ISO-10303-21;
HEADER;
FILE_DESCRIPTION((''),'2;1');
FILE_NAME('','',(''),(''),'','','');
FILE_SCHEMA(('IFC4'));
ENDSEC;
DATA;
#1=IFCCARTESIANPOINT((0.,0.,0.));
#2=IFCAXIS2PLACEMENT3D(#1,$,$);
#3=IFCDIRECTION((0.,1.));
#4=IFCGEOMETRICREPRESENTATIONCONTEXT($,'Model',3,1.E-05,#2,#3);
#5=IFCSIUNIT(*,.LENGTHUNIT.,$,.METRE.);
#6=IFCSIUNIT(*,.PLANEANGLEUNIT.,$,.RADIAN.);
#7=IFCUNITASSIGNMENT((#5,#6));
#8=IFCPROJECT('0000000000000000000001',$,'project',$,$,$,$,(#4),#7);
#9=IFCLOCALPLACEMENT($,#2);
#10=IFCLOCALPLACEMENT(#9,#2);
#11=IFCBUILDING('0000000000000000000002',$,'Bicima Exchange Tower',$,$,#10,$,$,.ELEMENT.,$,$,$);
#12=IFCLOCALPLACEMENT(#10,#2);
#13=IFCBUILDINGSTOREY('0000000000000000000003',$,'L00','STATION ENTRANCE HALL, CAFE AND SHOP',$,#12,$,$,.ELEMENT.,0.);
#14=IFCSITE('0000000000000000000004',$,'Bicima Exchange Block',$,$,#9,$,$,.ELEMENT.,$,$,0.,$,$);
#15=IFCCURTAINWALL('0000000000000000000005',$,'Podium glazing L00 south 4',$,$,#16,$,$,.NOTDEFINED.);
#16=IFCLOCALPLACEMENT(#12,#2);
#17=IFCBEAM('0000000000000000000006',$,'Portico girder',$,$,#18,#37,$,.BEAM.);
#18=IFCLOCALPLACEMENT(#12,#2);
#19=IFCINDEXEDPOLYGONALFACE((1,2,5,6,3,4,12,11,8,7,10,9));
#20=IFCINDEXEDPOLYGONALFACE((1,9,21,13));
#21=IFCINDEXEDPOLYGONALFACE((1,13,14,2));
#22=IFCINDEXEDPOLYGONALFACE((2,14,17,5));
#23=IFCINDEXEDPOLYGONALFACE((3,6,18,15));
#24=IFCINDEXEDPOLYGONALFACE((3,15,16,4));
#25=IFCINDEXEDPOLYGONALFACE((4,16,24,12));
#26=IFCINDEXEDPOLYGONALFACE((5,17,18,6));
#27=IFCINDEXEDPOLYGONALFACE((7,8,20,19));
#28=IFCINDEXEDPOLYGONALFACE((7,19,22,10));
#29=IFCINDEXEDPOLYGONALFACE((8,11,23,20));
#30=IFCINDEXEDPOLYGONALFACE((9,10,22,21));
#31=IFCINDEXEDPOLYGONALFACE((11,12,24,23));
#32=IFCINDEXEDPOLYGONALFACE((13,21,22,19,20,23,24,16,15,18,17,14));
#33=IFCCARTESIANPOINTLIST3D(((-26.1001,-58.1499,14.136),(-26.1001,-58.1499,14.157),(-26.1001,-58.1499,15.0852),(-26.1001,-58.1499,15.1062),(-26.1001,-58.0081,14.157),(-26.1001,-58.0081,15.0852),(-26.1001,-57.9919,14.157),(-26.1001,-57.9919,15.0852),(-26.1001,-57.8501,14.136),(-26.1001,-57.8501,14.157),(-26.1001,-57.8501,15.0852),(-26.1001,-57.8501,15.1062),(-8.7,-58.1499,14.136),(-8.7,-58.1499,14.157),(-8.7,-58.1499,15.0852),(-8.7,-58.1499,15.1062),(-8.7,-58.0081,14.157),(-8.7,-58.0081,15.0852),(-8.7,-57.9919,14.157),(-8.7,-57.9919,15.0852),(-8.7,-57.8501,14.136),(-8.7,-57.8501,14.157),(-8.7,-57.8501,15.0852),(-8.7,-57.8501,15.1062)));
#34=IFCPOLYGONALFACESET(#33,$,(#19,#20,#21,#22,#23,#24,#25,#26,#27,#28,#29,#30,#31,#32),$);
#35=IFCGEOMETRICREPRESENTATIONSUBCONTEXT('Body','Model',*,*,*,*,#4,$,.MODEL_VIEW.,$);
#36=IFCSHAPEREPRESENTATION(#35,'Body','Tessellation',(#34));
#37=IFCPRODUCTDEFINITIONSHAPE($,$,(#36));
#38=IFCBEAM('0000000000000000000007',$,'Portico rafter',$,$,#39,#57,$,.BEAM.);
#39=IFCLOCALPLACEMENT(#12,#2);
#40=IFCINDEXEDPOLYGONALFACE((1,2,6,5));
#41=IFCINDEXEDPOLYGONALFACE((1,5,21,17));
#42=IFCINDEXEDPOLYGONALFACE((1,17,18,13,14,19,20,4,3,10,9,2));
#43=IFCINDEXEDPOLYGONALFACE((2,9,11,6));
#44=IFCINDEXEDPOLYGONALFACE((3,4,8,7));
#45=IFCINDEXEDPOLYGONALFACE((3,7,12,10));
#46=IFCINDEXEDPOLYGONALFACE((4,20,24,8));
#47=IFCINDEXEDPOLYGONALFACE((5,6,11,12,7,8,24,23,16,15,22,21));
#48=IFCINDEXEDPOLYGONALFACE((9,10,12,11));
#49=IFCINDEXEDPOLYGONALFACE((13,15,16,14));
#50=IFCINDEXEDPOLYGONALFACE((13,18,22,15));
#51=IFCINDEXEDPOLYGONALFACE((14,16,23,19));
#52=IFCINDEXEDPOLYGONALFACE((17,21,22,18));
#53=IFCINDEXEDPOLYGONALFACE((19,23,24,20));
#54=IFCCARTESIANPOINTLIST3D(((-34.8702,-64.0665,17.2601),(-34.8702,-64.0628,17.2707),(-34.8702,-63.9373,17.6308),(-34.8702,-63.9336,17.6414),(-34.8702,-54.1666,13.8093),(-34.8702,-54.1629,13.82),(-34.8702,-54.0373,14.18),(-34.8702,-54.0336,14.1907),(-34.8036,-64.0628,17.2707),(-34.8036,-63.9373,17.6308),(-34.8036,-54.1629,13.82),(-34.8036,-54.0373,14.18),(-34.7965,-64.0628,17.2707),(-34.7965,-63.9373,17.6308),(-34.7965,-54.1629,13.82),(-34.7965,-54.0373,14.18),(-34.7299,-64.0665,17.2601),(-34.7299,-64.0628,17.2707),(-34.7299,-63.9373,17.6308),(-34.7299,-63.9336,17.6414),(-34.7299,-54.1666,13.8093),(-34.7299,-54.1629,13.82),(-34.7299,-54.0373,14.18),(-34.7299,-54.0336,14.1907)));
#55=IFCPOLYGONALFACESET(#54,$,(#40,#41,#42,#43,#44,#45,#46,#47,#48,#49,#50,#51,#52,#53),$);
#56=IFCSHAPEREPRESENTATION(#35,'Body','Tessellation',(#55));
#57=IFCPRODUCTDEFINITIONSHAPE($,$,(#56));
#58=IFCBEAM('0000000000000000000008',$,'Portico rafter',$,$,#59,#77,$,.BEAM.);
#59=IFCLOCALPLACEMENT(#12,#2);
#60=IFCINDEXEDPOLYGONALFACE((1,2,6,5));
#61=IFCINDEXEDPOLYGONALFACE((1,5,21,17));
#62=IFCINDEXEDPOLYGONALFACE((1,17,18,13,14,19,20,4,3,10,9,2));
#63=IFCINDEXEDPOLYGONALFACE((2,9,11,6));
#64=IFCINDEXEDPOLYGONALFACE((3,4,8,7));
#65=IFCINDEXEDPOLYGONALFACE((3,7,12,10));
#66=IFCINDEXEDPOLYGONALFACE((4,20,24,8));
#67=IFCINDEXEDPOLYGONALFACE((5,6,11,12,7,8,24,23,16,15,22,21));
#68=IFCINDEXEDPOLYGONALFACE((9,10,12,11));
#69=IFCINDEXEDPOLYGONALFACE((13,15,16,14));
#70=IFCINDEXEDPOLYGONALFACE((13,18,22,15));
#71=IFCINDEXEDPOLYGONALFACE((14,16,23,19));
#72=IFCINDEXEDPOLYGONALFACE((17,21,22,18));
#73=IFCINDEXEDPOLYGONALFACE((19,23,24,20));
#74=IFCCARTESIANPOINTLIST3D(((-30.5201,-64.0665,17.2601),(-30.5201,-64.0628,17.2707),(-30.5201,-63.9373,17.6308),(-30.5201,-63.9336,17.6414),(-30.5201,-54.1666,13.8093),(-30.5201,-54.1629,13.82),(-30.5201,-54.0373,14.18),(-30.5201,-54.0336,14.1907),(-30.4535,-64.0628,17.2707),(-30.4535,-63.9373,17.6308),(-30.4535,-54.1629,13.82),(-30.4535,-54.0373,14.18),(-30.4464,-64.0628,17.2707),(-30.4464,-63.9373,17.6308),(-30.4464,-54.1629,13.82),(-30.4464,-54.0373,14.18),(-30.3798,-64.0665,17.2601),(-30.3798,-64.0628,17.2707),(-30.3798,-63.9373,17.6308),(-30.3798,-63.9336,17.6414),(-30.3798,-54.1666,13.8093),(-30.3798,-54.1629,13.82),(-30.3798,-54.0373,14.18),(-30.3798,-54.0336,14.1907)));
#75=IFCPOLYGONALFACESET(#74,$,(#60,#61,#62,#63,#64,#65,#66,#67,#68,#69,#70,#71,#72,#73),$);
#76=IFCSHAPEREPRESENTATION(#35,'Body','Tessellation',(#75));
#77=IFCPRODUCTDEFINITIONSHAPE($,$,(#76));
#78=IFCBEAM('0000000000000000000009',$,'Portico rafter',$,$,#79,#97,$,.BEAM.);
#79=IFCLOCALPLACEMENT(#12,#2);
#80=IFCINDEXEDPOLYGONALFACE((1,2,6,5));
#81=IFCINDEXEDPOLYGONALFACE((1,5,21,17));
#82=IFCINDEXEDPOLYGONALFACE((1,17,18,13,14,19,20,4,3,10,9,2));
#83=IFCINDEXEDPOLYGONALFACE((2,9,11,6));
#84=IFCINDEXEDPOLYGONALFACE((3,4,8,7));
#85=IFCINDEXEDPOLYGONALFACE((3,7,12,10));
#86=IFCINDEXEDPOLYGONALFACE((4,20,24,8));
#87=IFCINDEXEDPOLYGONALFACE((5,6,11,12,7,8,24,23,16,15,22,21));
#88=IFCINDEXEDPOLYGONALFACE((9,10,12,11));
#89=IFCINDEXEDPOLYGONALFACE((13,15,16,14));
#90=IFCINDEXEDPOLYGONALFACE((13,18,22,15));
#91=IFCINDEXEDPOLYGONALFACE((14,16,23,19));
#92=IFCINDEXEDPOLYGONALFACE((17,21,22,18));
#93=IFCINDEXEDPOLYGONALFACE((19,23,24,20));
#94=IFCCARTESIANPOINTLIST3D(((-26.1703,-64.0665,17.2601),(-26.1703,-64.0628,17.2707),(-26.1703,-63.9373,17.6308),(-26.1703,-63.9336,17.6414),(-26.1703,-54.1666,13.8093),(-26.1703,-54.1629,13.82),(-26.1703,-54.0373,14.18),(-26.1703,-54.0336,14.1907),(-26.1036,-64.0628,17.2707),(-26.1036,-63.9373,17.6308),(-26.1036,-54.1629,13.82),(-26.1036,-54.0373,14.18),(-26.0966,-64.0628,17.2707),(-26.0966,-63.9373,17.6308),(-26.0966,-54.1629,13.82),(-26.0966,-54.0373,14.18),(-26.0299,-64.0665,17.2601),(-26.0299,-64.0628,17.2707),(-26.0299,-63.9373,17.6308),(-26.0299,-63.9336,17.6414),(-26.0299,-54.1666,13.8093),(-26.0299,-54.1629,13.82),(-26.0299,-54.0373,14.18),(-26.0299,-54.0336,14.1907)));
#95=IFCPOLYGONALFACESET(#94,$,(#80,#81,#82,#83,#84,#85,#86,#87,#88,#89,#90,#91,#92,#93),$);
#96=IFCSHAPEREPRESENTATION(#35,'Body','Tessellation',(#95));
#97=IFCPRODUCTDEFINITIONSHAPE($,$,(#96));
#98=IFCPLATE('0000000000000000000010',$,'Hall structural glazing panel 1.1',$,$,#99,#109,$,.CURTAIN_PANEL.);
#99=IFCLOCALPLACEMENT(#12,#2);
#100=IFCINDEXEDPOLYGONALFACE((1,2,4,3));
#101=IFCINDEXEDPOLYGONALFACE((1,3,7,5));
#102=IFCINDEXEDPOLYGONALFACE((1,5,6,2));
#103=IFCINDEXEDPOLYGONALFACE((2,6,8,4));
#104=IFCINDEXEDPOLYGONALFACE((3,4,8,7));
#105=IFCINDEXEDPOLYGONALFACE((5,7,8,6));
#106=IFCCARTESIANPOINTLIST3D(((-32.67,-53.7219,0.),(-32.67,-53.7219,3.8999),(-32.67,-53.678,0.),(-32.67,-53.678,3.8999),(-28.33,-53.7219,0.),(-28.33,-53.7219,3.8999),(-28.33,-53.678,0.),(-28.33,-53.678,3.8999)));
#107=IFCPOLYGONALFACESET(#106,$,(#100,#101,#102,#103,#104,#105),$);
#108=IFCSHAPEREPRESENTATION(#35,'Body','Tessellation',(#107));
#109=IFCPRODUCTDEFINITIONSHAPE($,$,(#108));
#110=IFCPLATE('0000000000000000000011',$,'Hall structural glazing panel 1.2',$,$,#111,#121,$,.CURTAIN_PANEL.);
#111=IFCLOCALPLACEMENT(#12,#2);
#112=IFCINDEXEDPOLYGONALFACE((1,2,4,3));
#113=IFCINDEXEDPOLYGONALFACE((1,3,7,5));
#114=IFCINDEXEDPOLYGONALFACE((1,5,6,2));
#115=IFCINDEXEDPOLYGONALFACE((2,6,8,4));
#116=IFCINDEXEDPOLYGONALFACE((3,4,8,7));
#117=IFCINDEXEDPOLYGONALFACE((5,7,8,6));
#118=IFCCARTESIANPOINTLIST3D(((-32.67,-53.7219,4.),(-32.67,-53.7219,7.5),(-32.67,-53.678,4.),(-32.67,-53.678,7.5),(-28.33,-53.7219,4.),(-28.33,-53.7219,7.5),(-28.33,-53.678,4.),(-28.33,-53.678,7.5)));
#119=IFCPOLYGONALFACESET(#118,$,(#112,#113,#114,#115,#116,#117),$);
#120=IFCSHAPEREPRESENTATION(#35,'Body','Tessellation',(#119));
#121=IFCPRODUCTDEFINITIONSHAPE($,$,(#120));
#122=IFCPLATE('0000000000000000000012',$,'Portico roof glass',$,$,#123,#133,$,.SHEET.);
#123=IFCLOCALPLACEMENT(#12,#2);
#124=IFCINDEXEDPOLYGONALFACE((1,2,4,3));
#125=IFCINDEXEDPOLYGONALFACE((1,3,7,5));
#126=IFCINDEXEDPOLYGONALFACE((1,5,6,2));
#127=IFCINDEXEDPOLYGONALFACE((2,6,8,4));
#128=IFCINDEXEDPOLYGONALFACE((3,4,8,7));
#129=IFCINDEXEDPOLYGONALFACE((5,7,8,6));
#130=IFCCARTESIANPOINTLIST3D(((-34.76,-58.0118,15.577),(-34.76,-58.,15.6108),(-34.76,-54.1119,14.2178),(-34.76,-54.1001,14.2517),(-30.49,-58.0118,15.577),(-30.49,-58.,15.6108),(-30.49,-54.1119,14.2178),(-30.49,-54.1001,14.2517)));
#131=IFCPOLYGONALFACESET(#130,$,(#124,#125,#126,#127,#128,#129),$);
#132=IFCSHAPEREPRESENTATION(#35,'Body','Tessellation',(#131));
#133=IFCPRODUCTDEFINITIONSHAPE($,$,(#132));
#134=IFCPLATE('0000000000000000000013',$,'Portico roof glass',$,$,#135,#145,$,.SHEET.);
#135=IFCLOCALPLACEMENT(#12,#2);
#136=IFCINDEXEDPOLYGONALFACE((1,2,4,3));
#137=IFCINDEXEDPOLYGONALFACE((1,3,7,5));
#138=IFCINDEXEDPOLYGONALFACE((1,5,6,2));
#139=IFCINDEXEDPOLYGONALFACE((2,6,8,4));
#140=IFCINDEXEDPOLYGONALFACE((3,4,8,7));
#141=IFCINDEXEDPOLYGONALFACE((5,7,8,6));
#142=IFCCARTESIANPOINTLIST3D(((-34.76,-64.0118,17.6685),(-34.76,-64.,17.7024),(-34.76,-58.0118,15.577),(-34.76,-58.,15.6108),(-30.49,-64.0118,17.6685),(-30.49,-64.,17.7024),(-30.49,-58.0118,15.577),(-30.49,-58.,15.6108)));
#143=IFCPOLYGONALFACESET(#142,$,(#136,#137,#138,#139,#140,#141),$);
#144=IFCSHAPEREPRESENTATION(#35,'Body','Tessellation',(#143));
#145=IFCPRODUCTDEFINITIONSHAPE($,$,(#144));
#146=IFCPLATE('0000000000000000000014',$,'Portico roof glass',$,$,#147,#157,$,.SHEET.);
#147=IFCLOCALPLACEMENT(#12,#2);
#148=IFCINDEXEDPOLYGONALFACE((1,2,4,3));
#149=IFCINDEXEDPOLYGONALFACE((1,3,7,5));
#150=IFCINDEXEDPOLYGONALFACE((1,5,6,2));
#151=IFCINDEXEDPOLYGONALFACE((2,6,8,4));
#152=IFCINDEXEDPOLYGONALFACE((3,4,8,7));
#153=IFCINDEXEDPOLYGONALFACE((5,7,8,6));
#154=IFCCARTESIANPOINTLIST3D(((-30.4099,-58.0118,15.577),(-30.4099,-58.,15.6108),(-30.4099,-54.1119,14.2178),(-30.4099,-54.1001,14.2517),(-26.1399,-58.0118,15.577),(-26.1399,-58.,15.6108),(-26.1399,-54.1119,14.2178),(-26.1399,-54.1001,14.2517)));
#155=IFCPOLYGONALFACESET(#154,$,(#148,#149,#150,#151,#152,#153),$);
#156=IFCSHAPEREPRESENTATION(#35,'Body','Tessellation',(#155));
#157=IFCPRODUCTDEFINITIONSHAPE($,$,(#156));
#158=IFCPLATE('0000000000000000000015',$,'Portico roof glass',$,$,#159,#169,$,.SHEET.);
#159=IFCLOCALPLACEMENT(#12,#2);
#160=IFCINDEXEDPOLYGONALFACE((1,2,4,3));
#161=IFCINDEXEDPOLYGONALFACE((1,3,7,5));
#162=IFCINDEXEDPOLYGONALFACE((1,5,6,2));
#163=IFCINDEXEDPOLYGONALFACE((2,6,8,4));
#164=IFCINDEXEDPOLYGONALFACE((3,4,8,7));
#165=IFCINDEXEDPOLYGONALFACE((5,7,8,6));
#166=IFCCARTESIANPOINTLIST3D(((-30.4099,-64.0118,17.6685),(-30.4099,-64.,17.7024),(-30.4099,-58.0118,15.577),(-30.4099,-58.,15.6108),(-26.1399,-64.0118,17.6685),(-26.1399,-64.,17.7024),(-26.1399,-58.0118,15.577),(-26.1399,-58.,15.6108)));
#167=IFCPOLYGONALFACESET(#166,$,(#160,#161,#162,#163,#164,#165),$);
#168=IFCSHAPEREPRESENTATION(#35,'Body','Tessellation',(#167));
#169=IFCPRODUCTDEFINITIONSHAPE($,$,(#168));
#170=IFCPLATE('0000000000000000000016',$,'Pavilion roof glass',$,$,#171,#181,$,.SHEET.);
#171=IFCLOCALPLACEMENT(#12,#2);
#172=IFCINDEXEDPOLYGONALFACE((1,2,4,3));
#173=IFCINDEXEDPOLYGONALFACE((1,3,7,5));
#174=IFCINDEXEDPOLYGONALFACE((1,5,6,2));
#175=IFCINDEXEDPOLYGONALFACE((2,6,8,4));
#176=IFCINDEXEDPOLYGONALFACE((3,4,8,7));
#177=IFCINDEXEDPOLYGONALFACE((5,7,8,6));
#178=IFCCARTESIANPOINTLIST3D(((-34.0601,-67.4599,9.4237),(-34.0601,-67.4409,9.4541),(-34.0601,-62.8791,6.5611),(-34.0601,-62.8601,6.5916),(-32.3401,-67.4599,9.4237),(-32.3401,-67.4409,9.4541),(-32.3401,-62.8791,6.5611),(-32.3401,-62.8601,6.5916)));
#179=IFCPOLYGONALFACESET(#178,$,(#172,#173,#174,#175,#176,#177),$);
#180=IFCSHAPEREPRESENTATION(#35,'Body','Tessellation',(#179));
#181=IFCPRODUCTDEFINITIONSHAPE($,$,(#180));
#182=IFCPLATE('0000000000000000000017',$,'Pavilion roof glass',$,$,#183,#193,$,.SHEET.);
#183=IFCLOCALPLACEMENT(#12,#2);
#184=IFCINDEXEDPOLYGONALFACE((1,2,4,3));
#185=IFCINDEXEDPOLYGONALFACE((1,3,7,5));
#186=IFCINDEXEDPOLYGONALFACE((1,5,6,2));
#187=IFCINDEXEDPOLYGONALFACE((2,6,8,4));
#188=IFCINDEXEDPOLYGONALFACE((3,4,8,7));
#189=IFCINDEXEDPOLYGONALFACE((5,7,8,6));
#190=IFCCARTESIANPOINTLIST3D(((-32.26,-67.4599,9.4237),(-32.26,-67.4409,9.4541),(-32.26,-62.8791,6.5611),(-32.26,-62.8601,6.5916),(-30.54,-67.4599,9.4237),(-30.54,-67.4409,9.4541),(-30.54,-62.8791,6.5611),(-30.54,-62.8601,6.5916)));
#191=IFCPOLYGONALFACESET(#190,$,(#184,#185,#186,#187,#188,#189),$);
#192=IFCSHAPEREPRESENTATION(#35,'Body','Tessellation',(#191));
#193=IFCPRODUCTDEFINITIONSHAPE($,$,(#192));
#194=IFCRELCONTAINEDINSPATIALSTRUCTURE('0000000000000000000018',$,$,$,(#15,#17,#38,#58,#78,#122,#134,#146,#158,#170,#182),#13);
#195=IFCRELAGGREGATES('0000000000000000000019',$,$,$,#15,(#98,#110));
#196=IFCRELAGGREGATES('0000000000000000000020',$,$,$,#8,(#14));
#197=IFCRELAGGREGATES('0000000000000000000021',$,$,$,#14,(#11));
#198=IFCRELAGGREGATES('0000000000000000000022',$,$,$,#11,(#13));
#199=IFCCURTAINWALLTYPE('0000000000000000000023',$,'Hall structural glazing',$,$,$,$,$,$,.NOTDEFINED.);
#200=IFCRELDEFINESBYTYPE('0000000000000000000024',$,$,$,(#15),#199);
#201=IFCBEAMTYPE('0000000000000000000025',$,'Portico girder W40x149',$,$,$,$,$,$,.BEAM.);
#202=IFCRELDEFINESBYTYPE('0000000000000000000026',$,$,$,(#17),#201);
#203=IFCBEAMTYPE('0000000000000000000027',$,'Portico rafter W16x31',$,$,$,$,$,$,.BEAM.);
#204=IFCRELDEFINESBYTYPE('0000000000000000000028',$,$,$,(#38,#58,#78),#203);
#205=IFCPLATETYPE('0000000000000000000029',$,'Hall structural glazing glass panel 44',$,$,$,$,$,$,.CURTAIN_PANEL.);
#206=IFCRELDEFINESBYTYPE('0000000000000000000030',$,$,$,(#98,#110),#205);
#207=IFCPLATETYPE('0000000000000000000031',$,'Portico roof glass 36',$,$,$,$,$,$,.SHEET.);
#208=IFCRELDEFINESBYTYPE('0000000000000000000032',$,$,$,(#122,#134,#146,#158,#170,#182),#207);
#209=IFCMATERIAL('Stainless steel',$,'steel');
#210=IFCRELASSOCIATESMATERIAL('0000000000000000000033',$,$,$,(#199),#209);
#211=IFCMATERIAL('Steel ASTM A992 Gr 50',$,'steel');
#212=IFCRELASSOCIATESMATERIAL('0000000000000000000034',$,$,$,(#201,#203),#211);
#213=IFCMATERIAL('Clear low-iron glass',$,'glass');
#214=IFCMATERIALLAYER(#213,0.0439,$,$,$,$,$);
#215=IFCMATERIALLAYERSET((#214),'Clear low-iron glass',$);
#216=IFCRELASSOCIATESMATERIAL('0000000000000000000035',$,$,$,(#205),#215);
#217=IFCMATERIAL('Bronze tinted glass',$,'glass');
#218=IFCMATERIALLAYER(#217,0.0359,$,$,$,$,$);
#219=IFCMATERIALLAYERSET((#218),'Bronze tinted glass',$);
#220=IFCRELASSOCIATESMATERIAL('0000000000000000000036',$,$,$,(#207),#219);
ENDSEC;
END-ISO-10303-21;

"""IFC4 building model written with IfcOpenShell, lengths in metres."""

from ifc_helpers import new_model, si_unit, direction, frame, origin, origin_2d, place, context, subcontext, project, spatial, polyline, rectangle, i_section, outline, extrude, material, layer, layer_set, material_profile, profile_set, type_object, element, aggregate, save


model = new_model("IFC4")

# Units and contexts
model_context = context("Model", 3, precision=1e-05, world=origin(), true_north=direction((0.0, 1.0)))
body_context = subcontext(model_context, "Body", "Model", "MODEL_VIEW")
ifc_project = project(units=[si_unit("LENGTHUNIT", "METRE"), si_unit("PLANEANGLEUNIT", "RADIAN")], contexts=[model_context])

# Site, building, storey
site_placement = place(None, origin())
site = spatial("IfcSite", under=ifc_project, at=site_placement, Name="Bicima Exchange Block", CompositionType="ELEMENT", RefElevation=0.0)
building_placement = place(site_placement, origin())
building = spatial("IfcBuilding", under=site, at=building_placement, Name="Bicima Exchange Tower", CompositionType="ELEMENT")
storey_placement = place(building_placement, origin())
storey = spatial("IfcBuildingStorey", under=building, at=storey_placement, Name="L00", Description="STATION ENTRANCE HALL, CAFE AND SHOP", CompositionType="ELEMENT", Elevation=0.0)

# Curtain wall
ifc_material_1 = material(Name="Stainless steel", Category="steel")
curtain_wall_type = type_object("IfcCurtainWallType", Name="Hall structural glazing", PredefinedType="NOTDEFINED", material=ifc_material_1)
curtain_wall_placement = place(storey_placement, origin())
curtain_wall = element("IfcCurtainWall", 1, at=curtain_wall_placement, inside=storey, type_object=curtain_wall_type, Name="Podium glazing L00 south 4", PredefinedType="NOTDEFINED")

# Beams
ifc_material_2 = material(Name="Steel ASTM A992 Gr 50", Category="steel")
ifc_material_profile_1 = material_profile(ifc_material_2, i_section(OverallWidth=0.1404, OverallDepth=0.4038, WebThickness=0.0071, FlangeThickness=0.0112, at=origin_2d()))
ifc_profile_set_1 = profile_set([ifc_material_profile_1], Name="Steel ASTM A992 Gr 50")
ifc_material_profile_2 = material_profile(ifc_material_2, i_section(OverallWidth=0.2998, OverallDepth=0.9702, WebThickness=0.0161, FlangeThickness=0.021, at=origin_2d()))
ifc_profile_set_2 = profile_set([ifc_material_profile_2], Name="Steel ASTM A992 Gr 50")
beam_type_1 = type_object("IfcBeamType", Name="Portico girder W40x149", PredefinedType="BEAM", material=ifc_profile_set_2)
beam_placement = place(storey_placement, frame((-26.1001, -58.0, 14.6211), z_axis=(1.0, 0.0, 0.0), x_axis=(0.0, 1.0, 0.0)))
element("IfcBeam", 2, at=beam_placement, inside=storey, type_object=beam_type_1, Name="Portico girder", PredefinedType="BEAM", context=body_context, shape_type="SweptSolid", body=[
    extrude(i_section(OverallWidth=0.2998, OverallDepth=0.9702, WebThickness=0.0161, FlangeThickness=0.021, at=origin_2d()), origin(), (0.0, 0.0, 1.0), 17.4001),
])
beam_type_2 = type_object("IfcBeamType", Name="Portico rafter W16x31", PredefinedType="BEAM", material=ifc_profile_set_1)
for number, where, z_axis, x_axis, name in (
    (3, (-34.8, -54.1001, 14.0), (0.0, -0.944282, 0.329137), (1.0, 0.0, 0.0), "Portico rafter"),
    (4, (-30.45, -54.1001, 14.0), (0.0, -0.944282, 0.329137), (1.0, 0.0, 0.0), "Portico rafter"),
    (5, (-26.1001, -54.1001, 14.0), (0.0, -0.944282, 0.329137), (1.0, 0.0, 0.0), "Portico rafter"),
):
    element("IfcBeam", number, at=place(storey_placement, frame(where, z_axis=z_axis, x_axis=x_axis)), inside=storey, type_object=beam_type_2, Name=name, PredefinedType="BEAM", context=body_context, shape_type="SweptSolid", body=[
        extrude(i_section(OverallWidth=0.1404, OverallDepth=0.4038, WebThickness=0.0071, FlangeThickness=0.0112, at=origin_2d()), origin(), (0.0, 0.0, 1.0), 10.4841),
    ])

# Plates
ifc_material_3 = material(Name="Clear low-iron glass", Category="glass")
ifc_layer_1 = layer(ifc_material_3, 0.0439)
ifc_layer_set_1 = layer_set([ifc_layer_1], Name="Clear low-iron glass")
plate_type_1 = type_object("IfcPlateType", Name="Hall structural glazing glass panel 44", PredefinedType="CURTAIN_PANEL", material=ifc_layer_set_1)
plate_1_placement = place(storey_placement, frame((-30.5, -53.7, 0.0), z_axis=(0.0, 0.0, 1.0), x_axis=(1.0, 0.0, 0.0)))
plate_1 = element("IfcPlate", 6, at=plate_1_placement, type_object=plate_type_1, Name="Hall structural glazing panel 1.1", PredefinedType="CURTAIN_PANEL", context=body_context, shape_type="SweptSolid", body=[
    extrude(rectangle(XDim=4.3401, YDim=0.0439, at=origin_2d()), origin(), (0.0, 0.0, 1.0), 3.8999),
])
plate_2_placement = place(storey_placement, frame((-30.5, -53.7, 4.0), z_axis=(0.0, 0.0, 1.0), x_axis=(1.0, 0.0, 0.0)))
plate_2 = element("IfcPlate", 7, at=plate_2_placement, type_object=plate_type_1, Name="Hall structural glazing panel 1.2", PredefinedType="CURTAIN_PANEL", context=body_context, shape_type="SweptSolid", body=[
    extrude(rectangle(XDim=4.3401, YDim=0.0439, at=origin_2d()), origin(), (0.0, 0.0, 1.0), 3.5),
])
aggregate(curtain_wall, [plate_1, plate_2])

# Plates
ifc_material_4 = material(Name="Bronze tinted glass", Category="glass")
ifc_layer_2 = layer(ifc_material_4, 0.0359)
ifc_layer_set_2 = layer_set([ifc_layer_2], Name="Bronze tinted glass")
plate_type_2 = type_object("IfcPlateType", Name="Portico roof glass 36", PredefinedType="SHEET", material=ifc_layer_set_2)
plate_3_placement = place(storey_placement, frame((-34.76, -54.1001, 14.2517), z_axis=(0.0, 0.329091, 0.944298), x_axis=(1.0, 0.0, 0.0)))
element("IfcPlate", 8, at=plate_3_placement, inside=storey, type_object=plate_type_2, Name="Portico roof glass", PredefinedType="SHEET", context=body_context, shape_type="SweptSolid", body=[
    extrude(outline(polyline([(0.0, 0.0), (4.27, 0.0), (4.27, -4.1299), (0.0, -4.1299), (0.0, 0.0)])), origin(), (0.0, 0.0, -1.0), 0.0359),
])
plate_4_placement = place(storey_placement, frame((-34.76, -58.0, 15.6108), z_axis=(0.0, 0.329166, 0.944272), x_axis=(1.0, 0.0, 0.0)))
element("IfcPlate", 9, at=plate_4_placement, inside=storey, type_object=plate_type_2, Name="Portico roof glass", PredefinedType="SHEET", context=body_context, shape_type="SweptSolid", body=[
    extrude(outline(polyline([(0.0, 0.0), (4.27, 0.0), (4.27, -6.3541), (0.0, -6.3541), (0.0, 0.0)])), origin(), (0.0, 0.0, -1.0), 0.0359),
])
plate_5_placement = place(storey_placement, frame((-30.4099, -54.1001, 14.2517), z_axis=(0.0, 0.329091, 0.944298), x_axis=(1.0, 0.0, 0.0)))
element("IfcPlate", 10, at=plate_5_placement, inside=storey, type_object=plate_type_2, Name="Portico roof glass", PredefinedType="SHEET", context=body_context, shape_type="SweptSolid", body=[
    extrude(outline(polyline([(0.0, 0.0), (4.27, 0.0), (4.27, -4.1299), (0.0, -4.1299), (0.0, 0.0)])), origin(), (0.0, 0.0, -1.0), 0.0359),
])
plate_6_placement = place(storey_placement, frame((-30.4099, -58.0, 15.6108), z_axis=(0.0, 0.329166, 0.944272), x_axis=(1.0, 0.0, 0.0)))
element("IfcPlate", 11, at=plate_6_placement, inside=storey, type_object=plate_type_2, Name="Portico roof glass", PredefinedType="SHEET", context=body_context, shape_type="SweptSolid", body=[
    extrude(outline(polyline([(0.0, 0.0), (4.27, 0.0), (4.27, -6.3541), (0.0, -6.3541), (0.0, 0.0)])), origin(), (0.0, 0.0, -1.0), 0.0359),
])
for number, where, z_axis, x_axis, name in (
    (12, (-34.0601, -62.8601, 6.5916), (0.0, 0.529938, 0.848036), (1.0, 0.0, 0.0), "Pavilion roof glass"),
    (13, (-32.26, -62.8601, 6.5916), (0.0, 0.529938, 0.848036), (1.0, 0.0, 0.0), "Pavilion roof glass"),
):
    element("IfcPlate", number, at=place(storey_placement, frame(where, z_axis=z_axis, x_axis=x_axis)), inside=storey, type_object=plate_type_2, Name=name, PredefinedType="SHEET", context=body_context, shape_type="SweptSolid", body=[
        extrude(outline(polyline([(0.0, 0.0), (1.72, 0.0), (1.72, -5.4017), (0.0, -5.4017), (0.0, 0.0)])), origin(), (0.0, 0.0, -1.0), 0.0359),
    ])

save(model, "model.ifc")
